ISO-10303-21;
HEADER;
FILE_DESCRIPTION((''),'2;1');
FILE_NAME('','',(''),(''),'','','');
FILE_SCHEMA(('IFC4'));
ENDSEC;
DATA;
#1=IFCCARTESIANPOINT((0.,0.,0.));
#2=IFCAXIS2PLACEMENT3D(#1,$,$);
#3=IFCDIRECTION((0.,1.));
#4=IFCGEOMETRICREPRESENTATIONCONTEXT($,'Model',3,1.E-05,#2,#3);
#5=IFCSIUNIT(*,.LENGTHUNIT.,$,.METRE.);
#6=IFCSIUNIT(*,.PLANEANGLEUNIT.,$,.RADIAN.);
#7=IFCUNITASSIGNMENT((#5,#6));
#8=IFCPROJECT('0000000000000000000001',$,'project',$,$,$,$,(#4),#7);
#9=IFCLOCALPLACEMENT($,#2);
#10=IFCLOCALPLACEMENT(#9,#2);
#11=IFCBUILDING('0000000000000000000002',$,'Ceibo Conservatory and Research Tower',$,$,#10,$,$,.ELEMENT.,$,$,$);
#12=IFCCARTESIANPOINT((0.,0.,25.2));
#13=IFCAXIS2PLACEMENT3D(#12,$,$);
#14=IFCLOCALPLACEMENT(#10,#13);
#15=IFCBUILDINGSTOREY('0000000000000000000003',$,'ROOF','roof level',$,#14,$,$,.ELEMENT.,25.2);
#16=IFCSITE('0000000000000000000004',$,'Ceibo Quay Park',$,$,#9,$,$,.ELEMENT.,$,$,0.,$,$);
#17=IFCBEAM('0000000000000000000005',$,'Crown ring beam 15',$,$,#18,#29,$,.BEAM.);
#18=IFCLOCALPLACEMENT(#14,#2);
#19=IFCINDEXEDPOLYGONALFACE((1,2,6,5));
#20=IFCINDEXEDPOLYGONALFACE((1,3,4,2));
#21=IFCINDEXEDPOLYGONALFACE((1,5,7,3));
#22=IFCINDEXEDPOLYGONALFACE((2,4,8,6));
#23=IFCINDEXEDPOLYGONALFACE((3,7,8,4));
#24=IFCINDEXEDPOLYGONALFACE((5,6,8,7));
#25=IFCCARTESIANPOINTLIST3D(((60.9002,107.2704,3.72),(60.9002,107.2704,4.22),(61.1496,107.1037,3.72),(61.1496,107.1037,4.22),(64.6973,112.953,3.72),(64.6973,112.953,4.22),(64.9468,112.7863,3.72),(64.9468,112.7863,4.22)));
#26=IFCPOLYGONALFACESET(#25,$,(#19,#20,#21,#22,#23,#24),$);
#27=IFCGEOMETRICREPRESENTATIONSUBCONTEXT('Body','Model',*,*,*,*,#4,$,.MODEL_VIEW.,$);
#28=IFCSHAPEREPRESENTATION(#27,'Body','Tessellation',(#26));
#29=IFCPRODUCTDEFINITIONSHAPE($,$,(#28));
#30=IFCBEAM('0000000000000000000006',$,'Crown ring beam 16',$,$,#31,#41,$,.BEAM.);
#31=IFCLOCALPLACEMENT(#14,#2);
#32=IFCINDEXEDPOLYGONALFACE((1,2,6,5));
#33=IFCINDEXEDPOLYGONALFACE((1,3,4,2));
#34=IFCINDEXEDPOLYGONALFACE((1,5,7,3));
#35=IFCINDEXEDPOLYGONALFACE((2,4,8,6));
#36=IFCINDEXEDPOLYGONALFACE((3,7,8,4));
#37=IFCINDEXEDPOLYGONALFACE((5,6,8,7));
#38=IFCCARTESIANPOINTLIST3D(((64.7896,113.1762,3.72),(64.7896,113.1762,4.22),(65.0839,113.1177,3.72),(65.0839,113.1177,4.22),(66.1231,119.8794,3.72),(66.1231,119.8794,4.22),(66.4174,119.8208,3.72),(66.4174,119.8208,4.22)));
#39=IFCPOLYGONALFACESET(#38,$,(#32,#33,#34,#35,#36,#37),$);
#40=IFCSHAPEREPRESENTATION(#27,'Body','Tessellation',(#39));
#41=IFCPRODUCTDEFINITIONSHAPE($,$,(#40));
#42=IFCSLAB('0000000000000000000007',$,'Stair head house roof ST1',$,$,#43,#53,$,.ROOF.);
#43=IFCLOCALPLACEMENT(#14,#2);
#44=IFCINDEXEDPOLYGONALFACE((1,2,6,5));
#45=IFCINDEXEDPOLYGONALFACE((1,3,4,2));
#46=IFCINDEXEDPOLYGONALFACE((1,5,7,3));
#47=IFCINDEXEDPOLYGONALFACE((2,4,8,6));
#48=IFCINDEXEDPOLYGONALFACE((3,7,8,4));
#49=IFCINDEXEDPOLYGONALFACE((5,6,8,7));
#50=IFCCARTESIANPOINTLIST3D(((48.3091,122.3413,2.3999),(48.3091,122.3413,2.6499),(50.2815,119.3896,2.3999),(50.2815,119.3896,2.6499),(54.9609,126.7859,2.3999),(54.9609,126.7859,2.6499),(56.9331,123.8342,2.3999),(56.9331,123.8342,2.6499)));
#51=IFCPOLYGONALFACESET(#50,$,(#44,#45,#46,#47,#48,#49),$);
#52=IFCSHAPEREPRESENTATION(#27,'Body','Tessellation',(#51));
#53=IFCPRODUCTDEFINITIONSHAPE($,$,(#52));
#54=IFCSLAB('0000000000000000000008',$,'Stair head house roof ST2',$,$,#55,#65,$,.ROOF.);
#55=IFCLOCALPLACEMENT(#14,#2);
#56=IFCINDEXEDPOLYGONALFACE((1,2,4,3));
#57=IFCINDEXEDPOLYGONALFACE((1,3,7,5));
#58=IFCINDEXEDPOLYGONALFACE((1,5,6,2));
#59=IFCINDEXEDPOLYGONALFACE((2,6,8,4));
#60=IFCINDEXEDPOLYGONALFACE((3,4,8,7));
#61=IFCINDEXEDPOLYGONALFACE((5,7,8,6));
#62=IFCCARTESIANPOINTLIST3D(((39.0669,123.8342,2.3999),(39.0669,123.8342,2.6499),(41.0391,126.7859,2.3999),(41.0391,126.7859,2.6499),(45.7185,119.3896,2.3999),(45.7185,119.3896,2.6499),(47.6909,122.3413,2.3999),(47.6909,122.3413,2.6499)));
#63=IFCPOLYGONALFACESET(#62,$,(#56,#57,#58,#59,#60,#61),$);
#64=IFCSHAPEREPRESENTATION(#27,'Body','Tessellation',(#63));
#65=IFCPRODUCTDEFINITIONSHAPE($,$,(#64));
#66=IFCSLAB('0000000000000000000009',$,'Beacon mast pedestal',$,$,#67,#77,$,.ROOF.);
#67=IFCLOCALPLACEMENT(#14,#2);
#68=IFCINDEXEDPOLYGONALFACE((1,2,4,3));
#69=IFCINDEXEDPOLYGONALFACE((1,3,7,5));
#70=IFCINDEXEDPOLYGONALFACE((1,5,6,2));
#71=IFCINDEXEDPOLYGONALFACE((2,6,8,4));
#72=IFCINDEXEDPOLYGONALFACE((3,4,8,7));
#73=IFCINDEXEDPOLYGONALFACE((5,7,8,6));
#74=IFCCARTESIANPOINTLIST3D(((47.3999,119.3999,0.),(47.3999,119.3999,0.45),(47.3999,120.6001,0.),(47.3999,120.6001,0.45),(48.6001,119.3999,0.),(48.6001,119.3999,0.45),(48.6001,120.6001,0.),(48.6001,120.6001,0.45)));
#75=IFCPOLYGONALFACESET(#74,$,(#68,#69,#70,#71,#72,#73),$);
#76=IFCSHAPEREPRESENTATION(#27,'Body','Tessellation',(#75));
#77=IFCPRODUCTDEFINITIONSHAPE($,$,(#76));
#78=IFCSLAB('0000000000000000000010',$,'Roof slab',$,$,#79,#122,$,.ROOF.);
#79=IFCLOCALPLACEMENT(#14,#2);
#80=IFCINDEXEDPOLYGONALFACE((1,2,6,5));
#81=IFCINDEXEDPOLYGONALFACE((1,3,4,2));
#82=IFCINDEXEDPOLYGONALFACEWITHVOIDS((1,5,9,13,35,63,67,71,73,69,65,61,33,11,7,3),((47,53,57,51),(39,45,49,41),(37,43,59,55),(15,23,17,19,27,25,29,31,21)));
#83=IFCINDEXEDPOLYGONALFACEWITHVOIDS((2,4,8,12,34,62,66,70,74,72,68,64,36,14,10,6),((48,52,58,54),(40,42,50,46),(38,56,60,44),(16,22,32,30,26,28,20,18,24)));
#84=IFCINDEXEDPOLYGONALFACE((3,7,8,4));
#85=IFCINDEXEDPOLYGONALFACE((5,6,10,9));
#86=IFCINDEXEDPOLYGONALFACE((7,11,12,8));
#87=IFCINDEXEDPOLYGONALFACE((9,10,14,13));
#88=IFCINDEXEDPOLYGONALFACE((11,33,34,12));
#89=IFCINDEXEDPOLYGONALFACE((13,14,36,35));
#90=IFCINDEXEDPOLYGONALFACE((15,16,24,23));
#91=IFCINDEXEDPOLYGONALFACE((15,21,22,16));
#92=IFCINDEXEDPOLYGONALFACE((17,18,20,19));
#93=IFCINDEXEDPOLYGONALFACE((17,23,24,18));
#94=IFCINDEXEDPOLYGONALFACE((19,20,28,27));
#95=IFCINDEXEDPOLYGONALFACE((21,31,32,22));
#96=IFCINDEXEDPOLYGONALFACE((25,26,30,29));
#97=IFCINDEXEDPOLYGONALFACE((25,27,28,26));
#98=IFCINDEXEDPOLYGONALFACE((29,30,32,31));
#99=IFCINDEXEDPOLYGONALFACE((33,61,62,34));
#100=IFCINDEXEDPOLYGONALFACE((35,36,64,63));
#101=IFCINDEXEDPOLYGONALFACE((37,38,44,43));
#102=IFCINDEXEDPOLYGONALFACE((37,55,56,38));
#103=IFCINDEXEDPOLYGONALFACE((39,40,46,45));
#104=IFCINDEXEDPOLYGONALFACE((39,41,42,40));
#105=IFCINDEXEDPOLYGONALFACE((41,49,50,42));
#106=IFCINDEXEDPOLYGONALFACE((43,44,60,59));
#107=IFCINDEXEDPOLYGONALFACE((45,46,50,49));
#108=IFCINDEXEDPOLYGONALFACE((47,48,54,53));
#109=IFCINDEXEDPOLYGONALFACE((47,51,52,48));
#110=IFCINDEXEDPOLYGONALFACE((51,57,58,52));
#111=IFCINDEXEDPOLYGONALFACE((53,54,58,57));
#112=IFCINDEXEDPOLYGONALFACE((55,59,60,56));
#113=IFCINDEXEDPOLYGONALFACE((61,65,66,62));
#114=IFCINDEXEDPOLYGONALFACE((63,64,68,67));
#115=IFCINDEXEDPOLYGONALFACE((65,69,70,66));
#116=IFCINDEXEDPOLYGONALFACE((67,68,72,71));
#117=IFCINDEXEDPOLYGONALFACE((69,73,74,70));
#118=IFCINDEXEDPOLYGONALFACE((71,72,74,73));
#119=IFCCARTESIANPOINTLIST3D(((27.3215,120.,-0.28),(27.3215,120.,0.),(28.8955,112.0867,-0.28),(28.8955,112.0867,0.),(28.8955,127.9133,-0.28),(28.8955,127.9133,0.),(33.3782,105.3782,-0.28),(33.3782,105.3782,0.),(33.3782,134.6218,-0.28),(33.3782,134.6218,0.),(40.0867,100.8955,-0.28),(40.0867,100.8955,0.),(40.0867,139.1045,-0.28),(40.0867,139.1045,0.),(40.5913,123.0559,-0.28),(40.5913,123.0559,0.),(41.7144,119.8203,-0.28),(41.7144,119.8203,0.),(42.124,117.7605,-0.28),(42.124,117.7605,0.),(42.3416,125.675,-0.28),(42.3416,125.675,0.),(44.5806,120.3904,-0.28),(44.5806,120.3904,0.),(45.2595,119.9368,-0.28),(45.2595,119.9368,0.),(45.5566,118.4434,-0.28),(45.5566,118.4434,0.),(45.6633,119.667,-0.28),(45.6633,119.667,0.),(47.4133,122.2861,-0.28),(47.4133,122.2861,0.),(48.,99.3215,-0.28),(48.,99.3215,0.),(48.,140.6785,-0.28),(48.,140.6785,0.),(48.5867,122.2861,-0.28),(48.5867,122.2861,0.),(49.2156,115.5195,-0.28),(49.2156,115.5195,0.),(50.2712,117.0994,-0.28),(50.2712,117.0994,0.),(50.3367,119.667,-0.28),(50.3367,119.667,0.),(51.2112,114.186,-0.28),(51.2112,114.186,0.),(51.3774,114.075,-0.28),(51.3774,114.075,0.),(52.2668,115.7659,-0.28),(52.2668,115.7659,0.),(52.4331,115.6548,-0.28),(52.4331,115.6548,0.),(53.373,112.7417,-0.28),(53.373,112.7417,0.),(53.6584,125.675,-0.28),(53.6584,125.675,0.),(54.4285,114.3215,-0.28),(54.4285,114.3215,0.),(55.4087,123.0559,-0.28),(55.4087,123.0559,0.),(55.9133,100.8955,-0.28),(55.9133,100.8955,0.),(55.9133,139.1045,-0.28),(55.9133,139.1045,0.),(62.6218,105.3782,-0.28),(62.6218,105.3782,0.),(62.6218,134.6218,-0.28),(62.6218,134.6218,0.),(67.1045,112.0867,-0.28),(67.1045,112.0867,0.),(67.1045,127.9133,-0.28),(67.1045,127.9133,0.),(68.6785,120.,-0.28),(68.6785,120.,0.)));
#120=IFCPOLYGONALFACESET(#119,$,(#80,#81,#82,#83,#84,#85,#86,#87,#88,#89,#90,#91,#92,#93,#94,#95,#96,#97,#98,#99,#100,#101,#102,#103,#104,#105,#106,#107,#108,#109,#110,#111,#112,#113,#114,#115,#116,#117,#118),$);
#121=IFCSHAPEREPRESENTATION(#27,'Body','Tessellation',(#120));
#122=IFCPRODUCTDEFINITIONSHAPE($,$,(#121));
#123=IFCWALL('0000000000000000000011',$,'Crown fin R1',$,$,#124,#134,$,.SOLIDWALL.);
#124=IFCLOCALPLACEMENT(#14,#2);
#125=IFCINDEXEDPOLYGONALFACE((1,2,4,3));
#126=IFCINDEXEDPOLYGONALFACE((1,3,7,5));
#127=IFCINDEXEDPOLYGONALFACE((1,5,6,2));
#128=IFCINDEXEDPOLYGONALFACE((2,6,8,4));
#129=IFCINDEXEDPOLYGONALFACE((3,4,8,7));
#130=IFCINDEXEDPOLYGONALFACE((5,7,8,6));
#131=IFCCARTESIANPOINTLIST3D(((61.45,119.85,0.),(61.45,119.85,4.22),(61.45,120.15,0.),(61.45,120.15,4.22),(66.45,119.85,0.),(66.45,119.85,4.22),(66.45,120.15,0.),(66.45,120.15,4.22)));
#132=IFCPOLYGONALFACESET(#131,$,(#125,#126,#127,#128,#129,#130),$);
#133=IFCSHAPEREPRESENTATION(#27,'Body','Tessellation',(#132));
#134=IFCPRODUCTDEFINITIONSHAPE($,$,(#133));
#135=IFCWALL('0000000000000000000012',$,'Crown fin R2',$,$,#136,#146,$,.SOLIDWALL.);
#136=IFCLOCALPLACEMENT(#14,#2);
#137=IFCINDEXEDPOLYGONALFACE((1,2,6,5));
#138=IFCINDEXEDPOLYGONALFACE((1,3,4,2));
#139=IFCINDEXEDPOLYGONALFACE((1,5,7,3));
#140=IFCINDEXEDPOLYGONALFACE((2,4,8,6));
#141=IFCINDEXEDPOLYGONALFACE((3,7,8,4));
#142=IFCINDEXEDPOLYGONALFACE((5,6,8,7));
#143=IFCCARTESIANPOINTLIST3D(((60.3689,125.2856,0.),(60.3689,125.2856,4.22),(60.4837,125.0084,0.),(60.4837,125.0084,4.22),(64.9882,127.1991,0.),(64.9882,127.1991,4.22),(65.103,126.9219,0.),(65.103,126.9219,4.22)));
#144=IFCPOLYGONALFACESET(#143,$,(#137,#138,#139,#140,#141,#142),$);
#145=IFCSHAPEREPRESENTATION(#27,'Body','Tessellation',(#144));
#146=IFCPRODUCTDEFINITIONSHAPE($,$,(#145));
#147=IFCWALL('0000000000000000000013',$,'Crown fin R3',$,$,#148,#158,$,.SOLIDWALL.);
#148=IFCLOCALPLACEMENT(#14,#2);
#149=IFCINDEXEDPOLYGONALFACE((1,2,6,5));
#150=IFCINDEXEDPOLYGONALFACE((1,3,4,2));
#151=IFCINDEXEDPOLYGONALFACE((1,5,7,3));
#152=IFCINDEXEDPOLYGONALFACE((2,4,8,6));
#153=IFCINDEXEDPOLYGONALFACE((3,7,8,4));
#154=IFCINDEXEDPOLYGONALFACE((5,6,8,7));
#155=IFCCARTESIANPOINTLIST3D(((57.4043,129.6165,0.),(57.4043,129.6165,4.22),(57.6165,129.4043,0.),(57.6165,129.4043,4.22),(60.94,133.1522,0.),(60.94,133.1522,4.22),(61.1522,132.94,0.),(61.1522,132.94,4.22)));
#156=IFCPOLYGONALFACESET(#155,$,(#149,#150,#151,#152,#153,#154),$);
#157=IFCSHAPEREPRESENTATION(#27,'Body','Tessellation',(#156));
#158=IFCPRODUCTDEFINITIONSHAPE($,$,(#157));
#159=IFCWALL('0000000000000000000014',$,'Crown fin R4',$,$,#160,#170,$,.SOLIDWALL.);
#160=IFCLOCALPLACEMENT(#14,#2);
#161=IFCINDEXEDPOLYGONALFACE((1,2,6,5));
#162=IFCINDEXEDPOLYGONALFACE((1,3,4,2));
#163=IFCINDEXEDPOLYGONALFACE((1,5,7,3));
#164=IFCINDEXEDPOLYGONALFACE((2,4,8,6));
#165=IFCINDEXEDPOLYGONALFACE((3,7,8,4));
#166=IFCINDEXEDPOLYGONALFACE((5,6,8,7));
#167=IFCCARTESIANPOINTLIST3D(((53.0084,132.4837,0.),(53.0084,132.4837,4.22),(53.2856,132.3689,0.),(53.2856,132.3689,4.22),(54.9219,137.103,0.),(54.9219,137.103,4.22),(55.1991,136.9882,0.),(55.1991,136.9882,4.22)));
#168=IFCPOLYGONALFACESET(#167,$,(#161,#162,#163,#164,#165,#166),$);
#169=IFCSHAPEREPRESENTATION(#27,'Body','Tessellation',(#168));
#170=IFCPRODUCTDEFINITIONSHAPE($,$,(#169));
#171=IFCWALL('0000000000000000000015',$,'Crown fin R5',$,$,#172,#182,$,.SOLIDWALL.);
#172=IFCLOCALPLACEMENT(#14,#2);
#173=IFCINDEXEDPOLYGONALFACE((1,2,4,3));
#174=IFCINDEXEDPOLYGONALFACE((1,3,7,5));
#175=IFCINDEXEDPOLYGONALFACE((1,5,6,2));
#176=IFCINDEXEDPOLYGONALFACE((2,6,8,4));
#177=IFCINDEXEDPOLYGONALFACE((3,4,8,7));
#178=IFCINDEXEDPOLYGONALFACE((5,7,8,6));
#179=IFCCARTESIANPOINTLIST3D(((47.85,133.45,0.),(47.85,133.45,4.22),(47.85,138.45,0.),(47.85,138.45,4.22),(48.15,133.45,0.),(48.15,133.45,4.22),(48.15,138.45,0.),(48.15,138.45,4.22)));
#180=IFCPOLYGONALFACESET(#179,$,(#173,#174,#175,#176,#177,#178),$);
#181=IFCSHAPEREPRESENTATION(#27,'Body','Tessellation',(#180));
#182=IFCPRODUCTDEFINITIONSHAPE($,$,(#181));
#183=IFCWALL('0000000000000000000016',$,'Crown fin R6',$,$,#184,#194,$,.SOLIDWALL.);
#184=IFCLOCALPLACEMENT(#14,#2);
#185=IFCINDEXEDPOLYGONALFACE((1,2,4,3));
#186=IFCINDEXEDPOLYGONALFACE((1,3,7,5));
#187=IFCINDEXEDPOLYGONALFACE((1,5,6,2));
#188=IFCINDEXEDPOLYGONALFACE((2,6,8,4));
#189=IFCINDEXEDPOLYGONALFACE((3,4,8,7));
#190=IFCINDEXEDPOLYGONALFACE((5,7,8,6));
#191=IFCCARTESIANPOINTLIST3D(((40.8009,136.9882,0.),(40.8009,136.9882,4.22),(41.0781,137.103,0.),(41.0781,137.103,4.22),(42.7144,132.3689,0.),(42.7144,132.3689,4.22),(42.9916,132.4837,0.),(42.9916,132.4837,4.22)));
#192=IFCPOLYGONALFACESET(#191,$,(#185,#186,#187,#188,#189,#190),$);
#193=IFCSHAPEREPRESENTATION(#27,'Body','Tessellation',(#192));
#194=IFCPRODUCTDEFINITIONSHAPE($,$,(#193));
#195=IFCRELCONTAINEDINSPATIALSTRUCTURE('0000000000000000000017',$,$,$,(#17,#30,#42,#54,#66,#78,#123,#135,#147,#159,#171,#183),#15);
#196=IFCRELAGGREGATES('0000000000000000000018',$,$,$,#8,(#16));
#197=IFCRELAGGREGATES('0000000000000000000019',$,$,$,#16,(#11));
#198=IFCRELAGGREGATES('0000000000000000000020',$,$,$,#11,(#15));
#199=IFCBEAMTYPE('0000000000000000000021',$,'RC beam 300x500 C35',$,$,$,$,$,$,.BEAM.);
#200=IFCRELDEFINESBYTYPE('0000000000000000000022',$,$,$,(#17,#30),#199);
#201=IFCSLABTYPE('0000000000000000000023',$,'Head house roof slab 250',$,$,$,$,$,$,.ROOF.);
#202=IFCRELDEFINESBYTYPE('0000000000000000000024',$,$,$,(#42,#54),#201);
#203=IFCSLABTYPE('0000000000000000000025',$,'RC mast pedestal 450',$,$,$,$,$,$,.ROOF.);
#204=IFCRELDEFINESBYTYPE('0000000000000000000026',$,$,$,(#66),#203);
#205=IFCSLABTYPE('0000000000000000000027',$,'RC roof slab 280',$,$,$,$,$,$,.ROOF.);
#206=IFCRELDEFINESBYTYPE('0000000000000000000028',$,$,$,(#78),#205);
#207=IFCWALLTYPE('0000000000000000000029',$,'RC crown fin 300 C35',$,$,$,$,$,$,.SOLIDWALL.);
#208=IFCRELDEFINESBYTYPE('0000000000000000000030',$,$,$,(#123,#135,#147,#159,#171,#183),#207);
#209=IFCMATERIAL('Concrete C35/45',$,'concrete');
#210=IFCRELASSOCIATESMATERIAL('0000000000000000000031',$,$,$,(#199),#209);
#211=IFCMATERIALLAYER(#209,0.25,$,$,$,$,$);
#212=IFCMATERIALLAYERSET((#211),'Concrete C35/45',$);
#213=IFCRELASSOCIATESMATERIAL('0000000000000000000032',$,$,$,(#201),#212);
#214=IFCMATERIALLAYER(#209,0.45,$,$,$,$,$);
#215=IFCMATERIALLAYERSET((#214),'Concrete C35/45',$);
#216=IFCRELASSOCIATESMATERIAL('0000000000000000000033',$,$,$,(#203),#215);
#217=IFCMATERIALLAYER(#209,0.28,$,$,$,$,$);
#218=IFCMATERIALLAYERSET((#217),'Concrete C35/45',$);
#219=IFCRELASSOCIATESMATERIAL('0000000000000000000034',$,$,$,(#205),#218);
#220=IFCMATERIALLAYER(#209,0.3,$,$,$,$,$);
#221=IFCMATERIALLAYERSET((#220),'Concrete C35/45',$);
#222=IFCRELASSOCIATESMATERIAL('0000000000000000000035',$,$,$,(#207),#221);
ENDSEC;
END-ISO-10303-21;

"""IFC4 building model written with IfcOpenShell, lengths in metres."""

from ifc_helpers import new_model, si_unit, direction, frame, frame_2d, origin, origin_2d, place, context, subcontext, project, spatial, polyline, rectangle, outline, extrude, material, layer, layer_set, material_profile, profile_set, type_object, element, save


model = new_model("IFC4")

# Units and contexts
model_context = context("Model", 3, precision=1e-05, world=origin(), true_north=direction((0.0, 1.0)))
body_context = subcontext(model_context, "Body", "Model", "MODEL_VIEW")
ifc_project = project(units=[si_unit("LENGTHUNIT", "METRE"), si_unit("PLANEANGLEUNIT", "RADIAN")], contexts=[model_context])

# Site, building, storey
site_placement = place(None, origin())
site = spatial("IfcSite", under=ifc_project, at=site_placement, Name="Ceibo Quay Park", CompositionType="ELEMENT", RefElevation=0.0)
building_placement = place(site_placement, origin())
building = spatial("IfcBuilding", under=site, at=building_placement, Name="Ceibo Conservatory and Research Tower", CompositionType="ELEMENT")
storey_placement = place(building_placement, frame((0.0, 0.0, 25.2)))
storey = spatial("IfcBuildingStorey", under=building, at=storey_placement, Name="ROOF", Description="roof level", CompositionType="ELEMENT", Elevation=25.2)

# Beams
ifc_material_1 = material(Name="Concrete C35/45", Category="concrete")
ifc_material_profile_1 = material_profile(ifc_material_1, rectangle(XDim=0.3, YDim=0.5, at=origin_2d()), Name="RC 300x500")
ifc_profile_set_1 = profile_set([ifc_material_profile_1], Name="Concrete C35/45")
beam_type = type_object("IfcBeamType", Name="RC beam 300x500 C35", PredefinedType="BEAM", material=ifc_profile_set_1)
for number, where, z_axis, x_axis, name in (
    (1, (61.0249, 107.187, 3.97), (0.555582, 0.831462, 0.0), (-0.831462, 0.555582, 0.0), "Crown ring beam 15"),
    (2, (64.9368, 113.147, 3.97), (0.195113, 0.980781, 0.0), (-0.980781, 0.195113, 0.0), "Crown ring beam 16"),
):
    element("IfcBeam", number, at=place(storey_placement, frame(where, z_axis=z_axis, x_axis=x_axis)), inside=storey, type_object=beam_type, Name=name, PredefinedType="BEAM", context=body_context, shape_type="SweptSolid", body=[
        extrude(rectangle(XDim=0.3, YDim=0.5, at=origin_2d()), origin(), (0.0, 0.0, 1.0), 6.8345),
    ])

# Slabs
ifc_layer_1 = layer(ifc_material_1, 0.25)
ifc_layer_set_1 = layer_set([ifc_layer_1], Name="Concrete C35/45")
slab_type_1 = type_object("IfcSlabType", Name="Head house roof slab 250", PredefinedType="ROOF", material=ifc_layer_set_1)
slab_1_placement = place(storey_placement, frame((0.0, 0.0, 2.3999)))
element("IfcSlab", 3, at=slab_1_placement, inside=storey, type_object=slab_type_1, Name="Stair head house roof ST1", PredefinedType="ROOF", context=body_context, shape_type="SweptSolid", body=[
    extrude(outline(polyline([(56.9331, 123.8342), (54.9609, 126.7859), (48.3091, 122.3413), (50.2815, 119.3896), (56.9331, 123.8342)])), origin(), (0.0, 0.0, 1.0), 0.25),
])
slab_2_placement = place(storey_placement, frame((0.0, 0.0, 2.3999)))
element("IfcSlab", 4, at=slab_2_placement, inside=storey, type_object=slab_type_1, Name="Stair head house roof ST2", PredefinedType="ROOF", context=body_context, shape_type="SweptSolid", body=[
    extrude(outline(polyline([(41.0391, 126.7859), (39.0669, 123.8342), (45.7185, 119.3896), (47.6909, 122.3413), (41.0391, 126.7859)])), origin(), (0.0, 0.0, 1.0), 0.25),
])
ifc_layer_2 = layer(ifc_material_1, 0.45)
ifc_layer_set_2 = layer_set([ifc_layer_2], Name="Concrete C35/45")
slab_type_2 = type_object("IfcSlabType", Name="RC mast pedestal 450", PredefinedType="ROOF", material=ifc_layer_set_2)
slab_3_placement = place(storey_placement, origin())
element("IfcSlab", 5, at=slab_3_placement, inside=storey, type_object=slab_type_2, Name="Beacon mast pedestal", PredefinedType="ROOF", context=body_context, shape_type="SweptSolid", body=[
    extrude(outline(polyline([(48.6001, 119.3999), (48.6001, 120.6001), (47.3999, 120.6001), (47.3999, 119.3999), (48.6001, 119.3999)])), origin(), (0.0, 0.0, 1.0), 0.45),
])
ifc_layer_3 = layer(ifc_material_1, 0.28)
ifc_layer_set_3 = layer_set([ifc_layer_3], Name="Concrete C35/45")
slab_type_3 = type_object("IfcSlabType", Name="RC roof slab 280", PredefinedType="ROOF", material=ifc_layer_set_3)
slab_4_placement = place(storey_placement, frame((0.0, 0.0, -0.28)))
element("IfcSlab", 6, at=slab_4_placement, inside=storey, type_object=slab_type_3, Name="Roof slab", PredefinedType="ROOF", context=body_context, shape_type="SweptSolid", body=[
    extrude(outline(polyline([(68.6785, 120.0), (67.1045, 127.9133), (62.6218, 134.6218), (55.9133, 139.1045), (48.0, 140.6785), (40.0867, 139.1045), (33.3782, 134.6218), (28.8955, 127.9133), (27.3215, 120.0), (28.8955, 112.0867), (33.3782, 105.3782), (40.0867, 100.8955), (48.0, 99.3215), (55.9133, 100.8955), (62.6218, 105.3782), (67.1045, 112.0867), (68.6785, 120.0)]), holes=[polyline([(52.4331, 115.6548), (51.3774, 114.075), (53.373, 112.7417), (54.4285, 114.3215), (52.4331, 115.6548)]), polyline([(50.2712, 117.0994), (49.2156, 115.5195), (51.2112, 114.186), (52.2668, 115.7659), (50.2712, 117.0994)]), polyline([(42.124, 117.7605), (45.5566, 118.4434), (45.2595, 119.9368), (45.6633, 119.667), (47.4133, 122.2861), (42.3416, 125.675), (40.5913, 123.0559), (44.5806, 120.3904), (41.7144, 119.8203), (42.124, 117.7605)]), polyline([(53.6584, 125.675), (48.5867, 122.2861), (50.3367, 119.667), (55.4087, 123.0559), (53.6584, 125.675)])]), origin(), (0.0, 0.0, 1.0), 0.28),
])

# Walls
ifc_layer_4 = layer(ifc_material_1, 0.3)
ifc_layer_set_4 = layer_set([ifc_layer_4], Name="Concrete C35/45")
wall_type = type_object("IfcWallType", Name="RC crown fin 300 C35", PredefinedType="SOLIDWALL", material=ifc_layer_set_4)
for number, where, z_axis, x_axis, name in (
    (7, (61.45, 120.0, 0.0), (0.0, 0.0, 1.0), (1.0, 0.0, 0.0), "Crown fin R1"),
    (8, (60.4263, 125.147, 0.0), (0.0, 0.0, 1.0), (0.923868, 0.382711, 0.0), "Crown fin R2"),
):
    element("IfcWall", number, at=place(storey_placement, frame(where, z_axis=z_axis, x_axis=x_axis)), inside=storey, type_object=wall_type, Name=name, PredefinedType="SOLIDWALL", context=body_context, shape_type="SweptSolid", body=[
        extrude(rectangle(XDim=5.0, YDim=0.3, at=frame_2d((2.5, 0.0))), origin(), (0.0, 0.0, 1.0), 4.22),
    ])
wall_1_placement = place(storey_placement, frame((57.5105, 129.5105, 0.0), z_axis=(0.0, 0.0, 1.0), x_axis=(0.707107, 0.707107, 0.0)))
element("IfcWall", 9, at=wall_1_placement, inside=storey, type_object=wall_type, Name="Crown fin R3", PredefinedType="SOLIDWALL", context=body_context, shape_type="SweptSolid", body=[
    extrude(rectangle(XDim=5.0002, YDim=0.3, at=frame_2d((2.5, 0.0))), origin(), (0.0, 0.0, 1.0), 4.22),
])
for number, where, z_axis, x_axis, name in (
    (10, (53.147, 132.4263, 0.0), (0.0, 0.0, 1.0), (0.382711, 0.923868, 0.0), "Crown fin R4"),
    (11, (48.0, 133.45, 0.0), (0.0, 0.0, 1.0), (0.0, 1.0, 0.0), "Crown fin R5"),
    (12, (42.853, 132.4263, 0.0), (0.0, 0.0, 1.0), (-0.382711, 0.923868, 0.0), "Crown fin R6"),
):
    element("IfcWall", number, at=place(storey_placement, frame(where, z_axis=z_axis, x_axis=x_axis)), inside=storey, type_object=wall_type, Name=name, PredefinedType="SOLIDWALL", context=body_context, shape_type="SweptSolid", body=[
        extrude(rectangle(XDim=5.0, YDim=0.3, at=frame_2d((2.5, 0.0))), origin(), (0.0, 0.0, 1.0), 4.22),
    ])

save(model, "model.ifc")
